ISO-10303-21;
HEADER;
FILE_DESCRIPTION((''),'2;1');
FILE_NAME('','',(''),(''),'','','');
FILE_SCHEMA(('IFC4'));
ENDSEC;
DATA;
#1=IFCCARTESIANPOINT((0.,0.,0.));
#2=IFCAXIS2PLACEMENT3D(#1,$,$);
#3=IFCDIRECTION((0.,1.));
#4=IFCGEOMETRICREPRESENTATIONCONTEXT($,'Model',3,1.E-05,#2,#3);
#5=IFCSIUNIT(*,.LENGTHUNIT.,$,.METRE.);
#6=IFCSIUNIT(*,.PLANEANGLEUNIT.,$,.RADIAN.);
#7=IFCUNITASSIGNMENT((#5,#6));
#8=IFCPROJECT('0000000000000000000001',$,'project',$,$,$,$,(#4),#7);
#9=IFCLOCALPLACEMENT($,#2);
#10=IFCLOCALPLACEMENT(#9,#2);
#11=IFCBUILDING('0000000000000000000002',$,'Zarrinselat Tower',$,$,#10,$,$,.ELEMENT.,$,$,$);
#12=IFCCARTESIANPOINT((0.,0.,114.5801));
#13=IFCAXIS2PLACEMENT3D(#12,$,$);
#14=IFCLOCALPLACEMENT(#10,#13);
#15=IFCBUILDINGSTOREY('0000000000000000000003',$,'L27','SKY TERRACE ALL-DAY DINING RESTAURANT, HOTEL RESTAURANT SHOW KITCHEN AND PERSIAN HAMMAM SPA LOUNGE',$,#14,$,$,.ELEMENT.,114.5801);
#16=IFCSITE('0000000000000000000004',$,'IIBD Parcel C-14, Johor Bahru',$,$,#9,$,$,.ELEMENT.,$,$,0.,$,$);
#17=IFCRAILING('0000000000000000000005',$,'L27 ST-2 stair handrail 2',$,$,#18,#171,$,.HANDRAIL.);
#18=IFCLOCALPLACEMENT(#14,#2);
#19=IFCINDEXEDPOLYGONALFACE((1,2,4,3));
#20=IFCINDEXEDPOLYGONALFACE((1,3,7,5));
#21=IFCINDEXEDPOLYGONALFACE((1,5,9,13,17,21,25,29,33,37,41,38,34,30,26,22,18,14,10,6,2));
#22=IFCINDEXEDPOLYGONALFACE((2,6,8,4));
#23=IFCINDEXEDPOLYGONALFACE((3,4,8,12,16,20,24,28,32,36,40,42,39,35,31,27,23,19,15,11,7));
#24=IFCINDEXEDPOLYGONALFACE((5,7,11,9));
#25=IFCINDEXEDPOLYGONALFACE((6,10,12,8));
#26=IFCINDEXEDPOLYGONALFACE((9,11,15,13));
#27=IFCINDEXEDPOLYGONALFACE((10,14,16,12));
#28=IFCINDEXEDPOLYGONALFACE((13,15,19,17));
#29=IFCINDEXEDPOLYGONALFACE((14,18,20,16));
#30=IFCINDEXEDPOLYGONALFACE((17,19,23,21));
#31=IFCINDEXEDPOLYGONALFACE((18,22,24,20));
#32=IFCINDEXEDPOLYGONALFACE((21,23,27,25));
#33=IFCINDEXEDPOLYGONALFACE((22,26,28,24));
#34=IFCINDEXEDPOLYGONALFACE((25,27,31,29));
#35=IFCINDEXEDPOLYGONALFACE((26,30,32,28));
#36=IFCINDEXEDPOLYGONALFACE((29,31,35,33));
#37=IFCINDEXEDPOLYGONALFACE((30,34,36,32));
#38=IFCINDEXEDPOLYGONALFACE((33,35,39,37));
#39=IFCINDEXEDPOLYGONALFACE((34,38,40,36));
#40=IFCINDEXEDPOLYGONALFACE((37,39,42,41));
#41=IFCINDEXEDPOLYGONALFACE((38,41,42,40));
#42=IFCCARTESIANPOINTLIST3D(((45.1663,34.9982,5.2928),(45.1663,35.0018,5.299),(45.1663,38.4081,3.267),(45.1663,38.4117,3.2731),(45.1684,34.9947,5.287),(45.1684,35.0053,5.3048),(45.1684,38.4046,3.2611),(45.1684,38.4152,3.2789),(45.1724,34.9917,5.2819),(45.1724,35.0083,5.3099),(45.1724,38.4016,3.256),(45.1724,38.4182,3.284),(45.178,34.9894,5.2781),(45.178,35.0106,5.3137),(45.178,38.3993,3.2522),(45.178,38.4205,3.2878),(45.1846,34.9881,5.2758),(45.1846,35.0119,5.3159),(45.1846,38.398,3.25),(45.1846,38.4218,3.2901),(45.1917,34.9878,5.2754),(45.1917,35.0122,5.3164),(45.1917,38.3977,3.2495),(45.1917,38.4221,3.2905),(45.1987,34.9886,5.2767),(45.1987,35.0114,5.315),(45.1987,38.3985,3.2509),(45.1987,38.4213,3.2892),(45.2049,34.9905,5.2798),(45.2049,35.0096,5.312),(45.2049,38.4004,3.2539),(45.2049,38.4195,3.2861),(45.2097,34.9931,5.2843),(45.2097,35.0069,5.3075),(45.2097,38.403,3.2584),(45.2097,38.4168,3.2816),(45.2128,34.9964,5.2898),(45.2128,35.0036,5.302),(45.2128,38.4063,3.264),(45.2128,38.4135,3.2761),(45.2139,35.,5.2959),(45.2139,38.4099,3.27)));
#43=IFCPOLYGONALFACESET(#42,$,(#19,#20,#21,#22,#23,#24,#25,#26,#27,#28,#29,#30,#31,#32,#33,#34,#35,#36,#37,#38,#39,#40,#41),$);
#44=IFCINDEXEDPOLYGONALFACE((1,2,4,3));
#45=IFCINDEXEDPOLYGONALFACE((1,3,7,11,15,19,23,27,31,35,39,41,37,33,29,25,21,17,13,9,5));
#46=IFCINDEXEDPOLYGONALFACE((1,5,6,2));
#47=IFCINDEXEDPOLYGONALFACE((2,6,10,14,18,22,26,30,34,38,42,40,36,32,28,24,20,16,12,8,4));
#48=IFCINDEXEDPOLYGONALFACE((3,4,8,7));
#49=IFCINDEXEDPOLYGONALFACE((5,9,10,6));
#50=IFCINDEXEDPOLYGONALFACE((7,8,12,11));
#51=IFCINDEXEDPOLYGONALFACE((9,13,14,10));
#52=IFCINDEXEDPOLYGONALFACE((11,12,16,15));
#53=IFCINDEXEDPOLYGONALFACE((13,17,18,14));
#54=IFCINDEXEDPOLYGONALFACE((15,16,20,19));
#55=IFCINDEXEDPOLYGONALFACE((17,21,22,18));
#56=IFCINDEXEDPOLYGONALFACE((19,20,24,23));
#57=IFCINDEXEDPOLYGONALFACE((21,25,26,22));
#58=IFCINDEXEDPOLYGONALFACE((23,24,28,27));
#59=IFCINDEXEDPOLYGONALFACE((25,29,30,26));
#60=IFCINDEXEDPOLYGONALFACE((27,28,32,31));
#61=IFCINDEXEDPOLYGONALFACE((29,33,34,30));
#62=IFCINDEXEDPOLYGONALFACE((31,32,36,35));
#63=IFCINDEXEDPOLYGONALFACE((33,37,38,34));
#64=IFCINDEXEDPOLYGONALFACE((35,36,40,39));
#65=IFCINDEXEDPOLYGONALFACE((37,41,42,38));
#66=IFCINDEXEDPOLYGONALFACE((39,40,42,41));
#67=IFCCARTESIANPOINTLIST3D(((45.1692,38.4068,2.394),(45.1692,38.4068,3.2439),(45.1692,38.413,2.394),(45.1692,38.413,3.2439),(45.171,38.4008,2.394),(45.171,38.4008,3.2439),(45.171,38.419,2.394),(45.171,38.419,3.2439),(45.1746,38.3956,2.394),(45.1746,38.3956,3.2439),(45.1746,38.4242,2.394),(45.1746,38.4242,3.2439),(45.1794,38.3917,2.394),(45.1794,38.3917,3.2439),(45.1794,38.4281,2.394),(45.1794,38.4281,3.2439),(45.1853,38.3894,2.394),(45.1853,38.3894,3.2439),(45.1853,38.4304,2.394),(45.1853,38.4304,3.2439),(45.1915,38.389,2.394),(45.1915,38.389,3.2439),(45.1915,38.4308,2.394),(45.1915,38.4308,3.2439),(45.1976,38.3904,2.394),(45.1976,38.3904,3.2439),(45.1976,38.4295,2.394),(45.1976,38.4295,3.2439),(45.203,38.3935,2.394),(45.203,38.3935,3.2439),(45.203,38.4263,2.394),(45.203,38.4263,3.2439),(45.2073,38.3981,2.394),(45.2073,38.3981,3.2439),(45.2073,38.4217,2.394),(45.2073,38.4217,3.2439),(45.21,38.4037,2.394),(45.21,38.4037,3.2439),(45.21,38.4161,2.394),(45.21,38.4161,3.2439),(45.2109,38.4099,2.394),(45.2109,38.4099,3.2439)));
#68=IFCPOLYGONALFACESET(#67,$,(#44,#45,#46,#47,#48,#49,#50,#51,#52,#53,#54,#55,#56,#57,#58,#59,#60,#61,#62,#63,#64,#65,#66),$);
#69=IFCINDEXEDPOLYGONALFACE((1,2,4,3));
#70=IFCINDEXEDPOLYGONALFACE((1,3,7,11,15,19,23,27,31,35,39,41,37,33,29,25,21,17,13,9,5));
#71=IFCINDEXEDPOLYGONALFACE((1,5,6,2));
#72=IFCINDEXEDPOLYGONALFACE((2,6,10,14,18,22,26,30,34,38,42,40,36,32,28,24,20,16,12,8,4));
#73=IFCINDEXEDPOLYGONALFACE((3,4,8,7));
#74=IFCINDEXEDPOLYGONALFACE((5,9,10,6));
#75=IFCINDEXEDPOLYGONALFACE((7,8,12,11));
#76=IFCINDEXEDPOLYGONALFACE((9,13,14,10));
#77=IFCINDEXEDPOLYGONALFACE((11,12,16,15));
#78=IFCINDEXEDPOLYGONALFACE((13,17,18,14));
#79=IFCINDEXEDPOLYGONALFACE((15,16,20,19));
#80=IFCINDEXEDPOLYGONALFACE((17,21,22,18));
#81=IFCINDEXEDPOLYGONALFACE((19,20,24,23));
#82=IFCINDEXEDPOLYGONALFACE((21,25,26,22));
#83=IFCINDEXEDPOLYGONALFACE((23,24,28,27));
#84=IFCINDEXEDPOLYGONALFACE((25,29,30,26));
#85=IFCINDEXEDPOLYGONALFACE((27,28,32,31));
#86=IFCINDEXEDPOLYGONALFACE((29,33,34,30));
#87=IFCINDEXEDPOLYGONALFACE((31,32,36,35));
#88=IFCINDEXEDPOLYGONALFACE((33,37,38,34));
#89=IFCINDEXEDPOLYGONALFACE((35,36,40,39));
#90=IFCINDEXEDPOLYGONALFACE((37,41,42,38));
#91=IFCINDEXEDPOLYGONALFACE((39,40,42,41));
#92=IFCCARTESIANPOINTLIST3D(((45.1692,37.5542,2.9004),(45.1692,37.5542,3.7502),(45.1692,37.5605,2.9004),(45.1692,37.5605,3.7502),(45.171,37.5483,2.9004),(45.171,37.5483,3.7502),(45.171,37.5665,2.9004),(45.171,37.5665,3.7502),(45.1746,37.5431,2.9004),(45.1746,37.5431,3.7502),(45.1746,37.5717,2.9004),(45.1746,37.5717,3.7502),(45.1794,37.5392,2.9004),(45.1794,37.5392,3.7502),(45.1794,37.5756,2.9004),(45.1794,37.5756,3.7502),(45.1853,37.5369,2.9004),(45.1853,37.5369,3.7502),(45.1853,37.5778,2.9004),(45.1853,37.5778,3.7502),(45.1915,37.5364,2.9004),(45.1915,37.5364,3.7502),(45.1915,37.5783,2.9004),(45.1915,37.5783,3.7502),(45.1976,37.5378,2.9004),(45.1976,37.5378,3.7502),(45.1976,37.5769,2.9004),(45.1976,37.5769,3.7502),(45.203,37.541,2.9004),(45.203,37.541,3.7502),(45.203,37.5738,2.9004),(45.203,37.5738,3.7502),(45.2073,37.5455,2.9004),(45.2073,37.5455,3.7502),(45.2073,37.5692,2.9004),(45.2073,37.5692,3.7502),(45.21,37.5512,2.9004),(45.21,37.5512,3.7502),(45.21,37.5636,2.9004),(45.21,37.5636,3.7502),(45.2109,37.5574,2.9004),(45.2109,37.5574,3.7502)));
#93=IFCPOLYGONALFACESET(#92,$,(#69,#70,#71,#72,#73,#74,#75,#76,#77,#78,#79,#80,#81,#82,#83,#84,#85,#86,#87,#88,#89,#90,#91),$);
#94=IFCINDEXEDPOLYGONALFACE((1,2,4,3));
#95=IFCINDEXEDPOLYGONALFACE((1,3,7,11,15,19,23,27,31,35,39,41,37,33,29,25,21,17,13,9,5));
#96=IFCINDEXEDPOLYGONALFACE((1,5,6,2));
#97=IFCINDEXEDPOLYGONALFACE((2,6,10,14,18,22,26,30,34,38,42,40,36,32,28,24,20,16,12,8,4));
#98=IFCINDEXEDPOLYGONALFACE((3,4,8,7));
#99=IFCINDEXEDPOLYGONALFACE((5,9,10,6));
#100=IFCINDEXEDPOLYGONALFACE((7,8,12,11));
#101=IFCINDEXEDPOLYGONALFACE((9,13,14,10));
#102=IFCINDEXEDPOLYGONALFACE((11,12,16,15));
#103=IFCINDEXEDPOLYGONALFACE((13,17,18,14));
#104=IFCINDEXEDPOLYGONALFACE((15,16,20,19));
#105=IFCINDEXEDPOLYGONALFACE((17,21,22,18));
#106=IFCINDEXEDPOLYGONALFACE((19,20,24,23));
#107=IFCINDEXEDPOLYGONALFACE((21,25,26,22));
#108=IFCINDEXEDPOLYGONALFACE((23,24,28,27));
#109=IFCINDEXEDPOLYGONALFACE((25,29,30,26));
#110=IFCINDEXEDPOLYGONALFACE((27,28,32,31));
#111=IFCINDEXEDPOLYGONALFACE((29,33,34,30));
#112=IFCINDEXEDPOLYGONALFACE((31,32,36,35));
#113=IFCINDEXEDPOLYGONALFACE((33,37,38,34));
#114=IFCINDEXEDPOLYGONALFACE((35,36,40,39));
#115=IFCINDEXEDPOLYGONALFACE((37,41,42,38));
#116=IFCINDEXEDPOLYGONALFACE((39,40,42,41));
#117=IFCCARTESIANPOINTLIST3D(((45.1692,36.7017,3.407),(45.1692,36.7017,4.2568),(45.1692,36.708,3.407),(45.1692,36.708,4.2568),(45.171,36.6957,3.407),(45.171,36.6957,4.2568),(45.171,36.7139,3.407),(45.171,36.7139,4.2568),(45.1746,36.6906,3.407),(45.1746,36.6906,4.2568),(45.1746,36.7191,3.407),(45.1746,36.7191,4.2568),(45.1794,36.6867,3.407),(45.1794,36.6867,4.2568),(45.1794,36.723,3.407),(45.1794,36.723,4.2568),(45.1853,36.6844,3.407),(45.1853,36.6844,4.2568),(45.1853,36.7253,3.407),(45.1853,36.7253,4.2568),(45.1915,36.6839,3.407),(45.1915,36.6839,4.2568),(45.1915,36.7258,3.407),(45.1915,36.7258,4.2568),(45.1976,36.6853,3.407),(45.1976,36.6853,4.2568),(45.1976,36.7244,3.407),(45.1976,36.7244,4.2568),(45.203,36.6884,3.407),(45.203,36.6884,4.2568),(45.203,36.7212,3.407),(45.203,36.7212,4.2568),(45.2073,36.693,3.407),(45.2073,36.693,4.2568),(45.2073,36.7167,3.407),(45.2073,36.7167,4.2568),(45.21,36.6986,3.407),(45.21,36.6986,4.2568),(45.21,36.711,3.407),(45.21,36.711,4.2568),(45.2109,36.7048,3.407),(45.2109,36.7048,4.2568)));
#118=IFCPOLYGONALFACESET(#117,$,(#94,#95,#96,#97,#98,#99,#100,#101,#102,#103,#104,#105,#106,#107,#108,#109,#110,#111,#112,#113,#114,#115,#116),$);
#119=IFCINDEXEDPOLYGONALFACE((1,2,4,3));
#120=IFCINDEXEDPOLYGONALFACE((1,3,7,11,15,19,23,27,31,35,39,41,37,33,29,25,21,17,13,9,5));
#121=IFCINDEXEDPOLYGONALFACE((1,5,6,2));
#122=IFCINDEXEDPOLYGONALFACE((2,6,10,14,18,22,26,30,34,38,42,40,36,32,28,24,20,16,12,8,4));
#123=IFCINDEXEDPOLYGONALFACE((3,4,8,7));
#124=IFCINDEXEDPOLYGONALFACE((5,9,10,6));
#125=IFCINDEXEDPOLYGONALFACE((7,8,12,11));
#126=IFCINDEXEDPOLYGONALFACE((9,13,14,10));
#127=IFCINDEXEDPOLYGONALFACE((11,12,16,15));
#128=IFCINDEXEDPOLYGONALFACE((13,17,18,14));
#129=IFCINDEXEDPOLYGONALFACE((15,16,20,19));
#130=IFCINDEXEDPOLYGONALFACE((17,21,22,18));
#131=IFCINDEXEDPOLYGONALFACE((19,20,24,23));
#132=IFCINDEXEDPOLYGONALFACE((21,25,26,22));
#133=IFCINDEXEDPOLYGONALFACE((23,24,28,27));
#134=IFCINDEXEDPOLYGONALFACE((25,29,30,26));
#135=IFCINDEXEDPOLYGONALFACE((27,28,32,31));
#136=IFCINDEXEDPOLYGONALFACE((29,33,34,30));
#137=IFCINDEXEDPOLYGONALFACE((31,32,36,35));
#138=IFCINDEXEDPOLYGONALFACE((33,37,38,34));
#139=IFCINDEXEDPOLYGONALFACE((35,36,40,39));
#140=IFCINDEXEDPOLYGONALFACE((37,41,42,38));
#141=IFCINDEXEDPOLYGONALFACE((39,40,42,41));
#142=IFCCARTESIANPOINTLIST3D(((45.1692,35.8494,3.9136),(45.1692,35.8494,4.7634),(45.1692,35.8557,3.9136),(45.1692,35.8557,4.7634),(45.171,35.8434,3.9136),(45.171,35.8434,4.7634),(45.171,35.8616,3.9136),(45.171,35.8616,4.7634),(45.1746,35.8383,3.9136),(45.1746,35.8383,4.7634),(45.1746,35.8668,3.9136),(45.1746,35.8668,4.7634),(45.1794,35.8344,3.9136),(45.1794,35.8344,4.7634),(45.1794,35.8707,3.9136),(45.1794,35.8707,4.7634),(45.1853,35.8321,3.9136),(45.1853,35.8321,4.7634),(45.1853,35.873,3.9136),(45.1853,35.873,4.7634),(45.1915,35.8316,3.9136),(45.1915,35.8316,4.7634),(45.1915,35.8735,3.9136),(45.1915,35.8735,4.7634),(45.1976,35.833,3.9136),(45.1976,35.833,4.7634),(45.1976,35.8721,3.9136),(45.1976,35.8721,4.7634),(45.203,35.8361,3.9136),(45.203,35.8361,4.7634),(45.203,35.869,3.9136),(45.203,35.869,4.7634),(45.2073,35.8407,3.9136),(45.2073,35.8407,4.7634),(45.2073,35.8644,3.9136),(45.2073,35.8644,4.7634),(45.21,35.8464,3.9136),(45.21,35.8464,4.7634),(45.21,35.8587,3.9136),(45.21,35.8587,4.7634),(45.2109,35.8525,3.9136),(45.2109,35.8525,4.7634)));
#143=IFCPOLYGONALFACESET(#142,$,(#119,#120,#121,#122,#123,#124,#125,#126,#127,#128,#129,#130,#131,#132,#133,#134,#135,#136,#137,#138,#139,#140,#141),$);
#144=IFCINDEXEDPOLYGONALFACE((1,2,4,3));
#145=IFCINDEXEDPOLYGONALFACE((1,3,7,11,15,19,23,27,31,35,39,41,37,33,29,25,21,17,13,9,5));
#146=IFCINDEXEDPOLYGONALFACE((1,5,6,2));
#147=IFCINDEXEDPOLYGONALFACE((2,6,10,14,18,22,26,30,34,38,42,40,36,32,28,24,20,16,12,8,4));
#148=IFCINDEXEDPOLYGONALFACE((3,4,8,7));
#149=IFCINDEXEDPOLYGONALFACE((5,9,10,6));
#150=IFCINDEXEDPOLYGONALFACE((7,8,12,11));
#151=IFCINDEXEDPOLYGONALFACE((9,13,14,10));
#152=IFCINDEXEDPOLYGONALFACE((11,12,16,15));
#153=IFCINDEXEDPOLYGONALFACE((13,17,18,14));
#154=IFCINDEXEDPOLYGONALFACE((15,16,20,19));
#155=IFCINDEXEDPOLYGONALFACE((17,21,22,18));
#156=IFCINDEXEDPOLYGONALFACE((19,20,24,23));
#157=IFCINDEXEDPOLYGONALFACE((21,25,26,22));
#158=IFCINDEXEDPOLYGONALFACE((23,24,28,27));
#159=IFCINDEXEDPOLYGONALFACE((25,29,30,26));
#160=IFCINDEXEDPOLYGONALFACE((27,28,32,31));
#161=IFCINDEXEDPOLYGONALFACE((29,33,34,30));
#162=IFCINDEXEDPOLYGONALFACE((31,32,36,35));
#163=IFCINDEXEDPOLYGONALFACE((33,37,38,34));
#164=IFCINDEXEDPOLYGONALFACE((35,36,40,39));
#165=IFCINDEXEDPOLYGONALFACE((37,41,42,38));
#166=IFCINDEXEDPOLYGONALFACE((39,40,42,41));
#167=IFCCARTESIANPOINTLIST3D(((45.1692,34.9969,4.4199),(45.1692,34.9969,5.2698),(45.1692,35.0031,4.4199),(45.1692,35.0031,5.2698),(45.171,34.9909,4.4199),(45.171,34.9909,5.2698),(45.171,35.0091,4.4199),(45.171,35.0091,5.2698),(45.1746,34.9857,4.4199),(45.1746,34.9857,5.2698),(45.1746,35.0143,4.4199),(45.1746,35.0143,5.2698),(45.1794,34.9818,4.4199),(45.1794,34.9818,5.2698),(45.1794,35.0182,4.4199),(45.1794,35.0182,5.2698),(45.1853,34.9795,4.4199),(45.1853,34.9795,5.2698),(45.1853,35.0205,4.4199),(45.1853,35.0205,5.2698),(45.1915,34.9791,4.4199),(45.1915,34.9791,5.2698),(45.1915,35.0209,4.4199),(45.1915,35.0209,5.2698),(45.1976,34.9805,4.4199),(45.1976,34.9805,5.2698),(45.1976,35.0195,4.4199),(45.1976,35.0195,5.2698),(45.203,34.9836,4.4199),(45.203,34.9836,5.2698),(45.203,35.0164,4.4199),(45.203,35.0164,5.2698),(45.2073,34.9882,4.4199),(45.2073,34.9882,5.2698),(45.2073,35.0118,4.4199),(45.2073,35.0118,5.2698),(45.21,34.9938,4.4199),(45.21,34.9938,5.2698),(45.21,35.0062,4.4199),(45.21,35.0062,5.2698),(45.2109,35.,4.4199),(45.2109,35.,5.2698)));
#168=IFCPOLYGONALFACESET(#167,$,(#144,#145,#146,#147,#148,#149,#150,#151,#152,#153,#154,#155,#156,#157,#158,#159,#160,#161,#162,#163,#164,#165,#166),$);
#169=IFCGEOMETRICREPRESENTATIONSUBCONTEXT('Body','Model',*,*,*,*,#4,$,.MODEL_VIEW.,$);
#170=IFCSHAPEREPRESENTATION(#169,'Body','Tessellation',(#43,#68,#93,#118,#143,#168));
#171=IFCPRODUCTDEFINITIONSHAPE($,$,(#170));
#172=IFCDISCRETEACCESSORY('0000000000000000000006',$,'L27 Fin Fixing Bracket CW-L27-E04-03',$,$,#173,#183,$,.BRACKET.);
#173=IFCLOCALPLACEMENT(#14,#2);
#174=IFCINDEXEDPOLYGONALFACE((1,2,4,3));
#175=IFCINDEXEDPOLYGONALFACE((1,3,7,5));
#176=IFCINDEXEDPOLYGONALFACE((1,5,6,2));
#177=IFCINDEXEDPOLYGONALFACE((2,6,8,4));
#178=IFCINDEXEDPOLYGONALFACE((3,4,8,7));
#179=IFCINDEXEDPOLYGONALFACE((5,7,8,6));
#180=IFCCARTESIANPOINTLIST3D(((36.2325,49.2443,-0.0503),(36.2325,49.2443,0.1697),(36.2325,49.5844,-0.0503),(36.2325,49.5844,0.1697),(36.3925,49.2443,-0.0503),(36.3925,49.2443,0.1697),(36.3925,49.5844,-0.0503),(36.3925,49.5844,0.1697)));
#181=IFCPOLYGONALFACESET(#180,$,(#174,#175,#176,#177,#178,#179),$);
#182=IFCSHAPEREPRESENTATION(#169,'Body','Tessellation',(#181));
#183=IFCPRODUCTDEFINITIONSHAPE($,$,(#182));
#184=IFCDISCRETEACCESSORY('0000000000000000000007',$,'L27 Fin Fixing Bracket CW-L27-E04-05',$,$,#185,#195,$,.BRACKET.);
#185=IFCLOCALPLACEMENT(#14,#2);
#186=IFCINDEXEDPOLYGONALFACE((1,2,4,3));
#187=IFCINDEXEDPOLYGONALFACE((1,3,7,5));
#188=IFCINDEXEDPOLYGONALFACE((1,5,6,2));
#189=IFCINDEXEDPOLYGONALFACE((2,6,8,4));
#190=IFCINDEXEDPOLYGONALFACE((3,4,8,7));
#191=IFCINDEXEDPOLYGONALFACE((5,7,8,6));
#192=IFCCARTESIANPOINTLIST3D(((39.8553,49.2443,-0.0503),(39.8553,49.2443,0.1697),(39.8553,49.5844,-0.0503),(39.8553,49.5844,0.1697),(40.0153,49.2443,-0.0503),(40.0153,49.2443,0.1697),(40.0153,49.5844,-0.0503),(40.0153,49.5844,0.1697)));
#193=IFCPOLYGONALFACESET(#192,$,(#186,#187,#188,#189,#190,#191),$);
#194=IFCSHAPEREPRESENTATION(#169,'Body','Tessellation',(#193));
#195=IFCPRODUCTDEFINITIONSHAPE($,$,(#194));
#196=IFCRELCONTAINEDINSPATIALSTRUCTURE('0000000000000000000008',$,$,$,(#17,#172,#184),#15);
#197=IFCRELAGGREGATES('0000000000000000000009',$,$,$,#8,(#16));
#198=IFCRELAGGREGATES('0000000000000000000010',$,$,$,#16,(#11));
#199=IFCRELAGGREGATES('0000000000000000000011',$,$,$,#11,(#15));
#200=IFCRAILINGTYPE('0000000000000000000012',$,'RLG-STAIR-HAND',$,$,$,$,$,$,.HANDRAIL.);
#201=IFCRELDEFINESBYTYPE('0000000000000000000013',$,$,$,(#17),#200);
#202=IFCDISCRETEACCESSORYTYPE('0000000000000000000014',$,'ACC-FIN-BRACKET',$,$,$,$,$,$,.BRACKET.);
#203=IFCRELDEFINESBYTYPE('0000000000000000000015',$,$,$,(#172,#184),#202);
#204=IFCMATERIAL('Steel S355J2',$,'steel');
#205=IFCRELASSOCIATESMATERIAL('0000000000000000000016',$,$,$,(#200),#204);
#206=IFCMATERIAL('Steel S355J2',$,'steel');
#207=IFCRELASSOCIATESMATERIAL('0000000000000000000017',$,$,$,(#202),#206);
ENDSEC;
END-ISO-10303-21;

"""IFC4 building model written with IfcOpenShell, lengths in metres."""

from ifc_helpers import new_model, si_unit, direction, frame, origin, origin_2d, place, context, subcontext, project, spatial, rectangle, circle, extrude, material, type_object, element, save


model = new_model("IFC4")

# Units and contexts
model_context = context("Model", 3, precision=1e-05, world=origin(), true_north=direction((0.0, 1.0)))
body_context = subcontext(model_context, "Body", "Model", "MODEL_VIEW")
ifc_project = project(units=[si_unit("LENGTHUNIT", "METRE"), si_unit("PLANEANGLEUNIT", "RADIAN")], contexts=[model_context])

# Site, building, storey
site_placement = place(None, origin())
site = spatial("IfcSite", under=ifc_project, at=site_placement, Name="IIBD Parcel C-14, Johor Bahru", CompositionType="ELEMENT", RefElevation=0.0)
building_placement = place(site_placement, origin())
building = spatial("IfcBuilding", under=site, at=building_placement, Name="Zarrinselat Tower", CompositionType="ELEMENT")
storey_placement = place(building_placement, frame((0.0, 0.0, 114.5801)))
storey = spatial("IfcBuildingStorey", under=building, at=storey_placement, Name="L27", Description="SKY TERRACE ALL-DAY DINING RESTAURANT, HOTEL RESTAURANT SHOW KITCHEN AND PERSIAN HAMMAM SPA LOUNGE", CompositionType="ELEMENT", Elevation=114.5801)

# Railing
ifc_material_1 = material(Name="Steel S355J2", Category="steel")
railing_type = type_object("IfcRailingType", Name="RLG-STAIR-HAND", PredefinedType="HANDRAIL", material=ifc_material_1)
railing_placement = place(storey_placement, frame((45.1899, 38.4099, 2.394)))
element("IfcRailing", 1, at=railing_placement, inside=storey, type_object=railing_type, Name="L27 ST-2 stair handrail 2", PredefinedType="HANDRAIL", context=body_context, shape_type="SweptSolid", body=[
    extrude(circle(Radius=0.0239, at=origin_2d()), frame((0.0, 0.0, 0.876), z_axis=(0.0, -0.859717, 0.510771), x_axis=(1.0, 0.0, 0.0)), (0.0, 0.0, 1.0), 3.9663),
    extrude(circle(Radius=0.021, at=origin_2d()), origin(), (0.0, 0.0, 1.0), 0.8499),
    extrude(circle(Radius=0.021, at=origin_2d()), frame((0.0, -0.8525, 0.5063)), (0.0, 0.0, 1.0), 0.8499),
    extrude(circle(Radius=0.021, at=origin_2d()), frame((0.0, -1.7051, 1.0129)), (0.0, 0.0, 1.0), 0.8499),
    extrude(circle(Radius=0.021, at=origin_2d()), frame((0.0, -2.5574, 1.5195)), (0.0, 0.0, 1.0), 0.8499),
    extrude(circle(Radius=0.021, at=origin_2d()), frame((0.0, -3.4099, 2.0259)), (0.0, 0.0, 1.0), 0.8499),
])

# Discrete accessories
ifc_material_2 = material(Name="Steel S355J2", Category="steel")
discrete_accessory_type = type_object("IfcDiscreteAccessoryType", Name="ACC-FIN-BRACKET", PredefinedType="BRACKET", material=ifc_material_2)
for number, where, z_axis, x_axis, name in (
    (2, (36.3125, 49.4143, -0.0503), (0.0, 0.0, 1.0), (0.0, 1.0, 0.0), "L27 Fin Fixing Bracket CW-L27-E04-03"),
    (3, (39.9353, 49.4143, -0.0503), (0.0, 0.0, 1.0), (0.0, 1.0, 0.0), "L27 Fin Fixing Bracket CW-L27-E04-05"),
):
    element("IfcDiscreteAccessory", number, at=place(storey_placement, frame(where, z_axis=z_axis, x_axis=x_axis)), inside=storey, type_object=discrete_accessory_type, Name=name, PredefinedType="BRACKET", context=body_context, shape_type="SweptSolid", body=[
        extrude(rectangle(XDim=0.3401, YDim=0.1599, at=origin_2d()), origin(), (0.0, 0.0, 1.0), 0.22),
    ])

save(model, "model.ifc")
